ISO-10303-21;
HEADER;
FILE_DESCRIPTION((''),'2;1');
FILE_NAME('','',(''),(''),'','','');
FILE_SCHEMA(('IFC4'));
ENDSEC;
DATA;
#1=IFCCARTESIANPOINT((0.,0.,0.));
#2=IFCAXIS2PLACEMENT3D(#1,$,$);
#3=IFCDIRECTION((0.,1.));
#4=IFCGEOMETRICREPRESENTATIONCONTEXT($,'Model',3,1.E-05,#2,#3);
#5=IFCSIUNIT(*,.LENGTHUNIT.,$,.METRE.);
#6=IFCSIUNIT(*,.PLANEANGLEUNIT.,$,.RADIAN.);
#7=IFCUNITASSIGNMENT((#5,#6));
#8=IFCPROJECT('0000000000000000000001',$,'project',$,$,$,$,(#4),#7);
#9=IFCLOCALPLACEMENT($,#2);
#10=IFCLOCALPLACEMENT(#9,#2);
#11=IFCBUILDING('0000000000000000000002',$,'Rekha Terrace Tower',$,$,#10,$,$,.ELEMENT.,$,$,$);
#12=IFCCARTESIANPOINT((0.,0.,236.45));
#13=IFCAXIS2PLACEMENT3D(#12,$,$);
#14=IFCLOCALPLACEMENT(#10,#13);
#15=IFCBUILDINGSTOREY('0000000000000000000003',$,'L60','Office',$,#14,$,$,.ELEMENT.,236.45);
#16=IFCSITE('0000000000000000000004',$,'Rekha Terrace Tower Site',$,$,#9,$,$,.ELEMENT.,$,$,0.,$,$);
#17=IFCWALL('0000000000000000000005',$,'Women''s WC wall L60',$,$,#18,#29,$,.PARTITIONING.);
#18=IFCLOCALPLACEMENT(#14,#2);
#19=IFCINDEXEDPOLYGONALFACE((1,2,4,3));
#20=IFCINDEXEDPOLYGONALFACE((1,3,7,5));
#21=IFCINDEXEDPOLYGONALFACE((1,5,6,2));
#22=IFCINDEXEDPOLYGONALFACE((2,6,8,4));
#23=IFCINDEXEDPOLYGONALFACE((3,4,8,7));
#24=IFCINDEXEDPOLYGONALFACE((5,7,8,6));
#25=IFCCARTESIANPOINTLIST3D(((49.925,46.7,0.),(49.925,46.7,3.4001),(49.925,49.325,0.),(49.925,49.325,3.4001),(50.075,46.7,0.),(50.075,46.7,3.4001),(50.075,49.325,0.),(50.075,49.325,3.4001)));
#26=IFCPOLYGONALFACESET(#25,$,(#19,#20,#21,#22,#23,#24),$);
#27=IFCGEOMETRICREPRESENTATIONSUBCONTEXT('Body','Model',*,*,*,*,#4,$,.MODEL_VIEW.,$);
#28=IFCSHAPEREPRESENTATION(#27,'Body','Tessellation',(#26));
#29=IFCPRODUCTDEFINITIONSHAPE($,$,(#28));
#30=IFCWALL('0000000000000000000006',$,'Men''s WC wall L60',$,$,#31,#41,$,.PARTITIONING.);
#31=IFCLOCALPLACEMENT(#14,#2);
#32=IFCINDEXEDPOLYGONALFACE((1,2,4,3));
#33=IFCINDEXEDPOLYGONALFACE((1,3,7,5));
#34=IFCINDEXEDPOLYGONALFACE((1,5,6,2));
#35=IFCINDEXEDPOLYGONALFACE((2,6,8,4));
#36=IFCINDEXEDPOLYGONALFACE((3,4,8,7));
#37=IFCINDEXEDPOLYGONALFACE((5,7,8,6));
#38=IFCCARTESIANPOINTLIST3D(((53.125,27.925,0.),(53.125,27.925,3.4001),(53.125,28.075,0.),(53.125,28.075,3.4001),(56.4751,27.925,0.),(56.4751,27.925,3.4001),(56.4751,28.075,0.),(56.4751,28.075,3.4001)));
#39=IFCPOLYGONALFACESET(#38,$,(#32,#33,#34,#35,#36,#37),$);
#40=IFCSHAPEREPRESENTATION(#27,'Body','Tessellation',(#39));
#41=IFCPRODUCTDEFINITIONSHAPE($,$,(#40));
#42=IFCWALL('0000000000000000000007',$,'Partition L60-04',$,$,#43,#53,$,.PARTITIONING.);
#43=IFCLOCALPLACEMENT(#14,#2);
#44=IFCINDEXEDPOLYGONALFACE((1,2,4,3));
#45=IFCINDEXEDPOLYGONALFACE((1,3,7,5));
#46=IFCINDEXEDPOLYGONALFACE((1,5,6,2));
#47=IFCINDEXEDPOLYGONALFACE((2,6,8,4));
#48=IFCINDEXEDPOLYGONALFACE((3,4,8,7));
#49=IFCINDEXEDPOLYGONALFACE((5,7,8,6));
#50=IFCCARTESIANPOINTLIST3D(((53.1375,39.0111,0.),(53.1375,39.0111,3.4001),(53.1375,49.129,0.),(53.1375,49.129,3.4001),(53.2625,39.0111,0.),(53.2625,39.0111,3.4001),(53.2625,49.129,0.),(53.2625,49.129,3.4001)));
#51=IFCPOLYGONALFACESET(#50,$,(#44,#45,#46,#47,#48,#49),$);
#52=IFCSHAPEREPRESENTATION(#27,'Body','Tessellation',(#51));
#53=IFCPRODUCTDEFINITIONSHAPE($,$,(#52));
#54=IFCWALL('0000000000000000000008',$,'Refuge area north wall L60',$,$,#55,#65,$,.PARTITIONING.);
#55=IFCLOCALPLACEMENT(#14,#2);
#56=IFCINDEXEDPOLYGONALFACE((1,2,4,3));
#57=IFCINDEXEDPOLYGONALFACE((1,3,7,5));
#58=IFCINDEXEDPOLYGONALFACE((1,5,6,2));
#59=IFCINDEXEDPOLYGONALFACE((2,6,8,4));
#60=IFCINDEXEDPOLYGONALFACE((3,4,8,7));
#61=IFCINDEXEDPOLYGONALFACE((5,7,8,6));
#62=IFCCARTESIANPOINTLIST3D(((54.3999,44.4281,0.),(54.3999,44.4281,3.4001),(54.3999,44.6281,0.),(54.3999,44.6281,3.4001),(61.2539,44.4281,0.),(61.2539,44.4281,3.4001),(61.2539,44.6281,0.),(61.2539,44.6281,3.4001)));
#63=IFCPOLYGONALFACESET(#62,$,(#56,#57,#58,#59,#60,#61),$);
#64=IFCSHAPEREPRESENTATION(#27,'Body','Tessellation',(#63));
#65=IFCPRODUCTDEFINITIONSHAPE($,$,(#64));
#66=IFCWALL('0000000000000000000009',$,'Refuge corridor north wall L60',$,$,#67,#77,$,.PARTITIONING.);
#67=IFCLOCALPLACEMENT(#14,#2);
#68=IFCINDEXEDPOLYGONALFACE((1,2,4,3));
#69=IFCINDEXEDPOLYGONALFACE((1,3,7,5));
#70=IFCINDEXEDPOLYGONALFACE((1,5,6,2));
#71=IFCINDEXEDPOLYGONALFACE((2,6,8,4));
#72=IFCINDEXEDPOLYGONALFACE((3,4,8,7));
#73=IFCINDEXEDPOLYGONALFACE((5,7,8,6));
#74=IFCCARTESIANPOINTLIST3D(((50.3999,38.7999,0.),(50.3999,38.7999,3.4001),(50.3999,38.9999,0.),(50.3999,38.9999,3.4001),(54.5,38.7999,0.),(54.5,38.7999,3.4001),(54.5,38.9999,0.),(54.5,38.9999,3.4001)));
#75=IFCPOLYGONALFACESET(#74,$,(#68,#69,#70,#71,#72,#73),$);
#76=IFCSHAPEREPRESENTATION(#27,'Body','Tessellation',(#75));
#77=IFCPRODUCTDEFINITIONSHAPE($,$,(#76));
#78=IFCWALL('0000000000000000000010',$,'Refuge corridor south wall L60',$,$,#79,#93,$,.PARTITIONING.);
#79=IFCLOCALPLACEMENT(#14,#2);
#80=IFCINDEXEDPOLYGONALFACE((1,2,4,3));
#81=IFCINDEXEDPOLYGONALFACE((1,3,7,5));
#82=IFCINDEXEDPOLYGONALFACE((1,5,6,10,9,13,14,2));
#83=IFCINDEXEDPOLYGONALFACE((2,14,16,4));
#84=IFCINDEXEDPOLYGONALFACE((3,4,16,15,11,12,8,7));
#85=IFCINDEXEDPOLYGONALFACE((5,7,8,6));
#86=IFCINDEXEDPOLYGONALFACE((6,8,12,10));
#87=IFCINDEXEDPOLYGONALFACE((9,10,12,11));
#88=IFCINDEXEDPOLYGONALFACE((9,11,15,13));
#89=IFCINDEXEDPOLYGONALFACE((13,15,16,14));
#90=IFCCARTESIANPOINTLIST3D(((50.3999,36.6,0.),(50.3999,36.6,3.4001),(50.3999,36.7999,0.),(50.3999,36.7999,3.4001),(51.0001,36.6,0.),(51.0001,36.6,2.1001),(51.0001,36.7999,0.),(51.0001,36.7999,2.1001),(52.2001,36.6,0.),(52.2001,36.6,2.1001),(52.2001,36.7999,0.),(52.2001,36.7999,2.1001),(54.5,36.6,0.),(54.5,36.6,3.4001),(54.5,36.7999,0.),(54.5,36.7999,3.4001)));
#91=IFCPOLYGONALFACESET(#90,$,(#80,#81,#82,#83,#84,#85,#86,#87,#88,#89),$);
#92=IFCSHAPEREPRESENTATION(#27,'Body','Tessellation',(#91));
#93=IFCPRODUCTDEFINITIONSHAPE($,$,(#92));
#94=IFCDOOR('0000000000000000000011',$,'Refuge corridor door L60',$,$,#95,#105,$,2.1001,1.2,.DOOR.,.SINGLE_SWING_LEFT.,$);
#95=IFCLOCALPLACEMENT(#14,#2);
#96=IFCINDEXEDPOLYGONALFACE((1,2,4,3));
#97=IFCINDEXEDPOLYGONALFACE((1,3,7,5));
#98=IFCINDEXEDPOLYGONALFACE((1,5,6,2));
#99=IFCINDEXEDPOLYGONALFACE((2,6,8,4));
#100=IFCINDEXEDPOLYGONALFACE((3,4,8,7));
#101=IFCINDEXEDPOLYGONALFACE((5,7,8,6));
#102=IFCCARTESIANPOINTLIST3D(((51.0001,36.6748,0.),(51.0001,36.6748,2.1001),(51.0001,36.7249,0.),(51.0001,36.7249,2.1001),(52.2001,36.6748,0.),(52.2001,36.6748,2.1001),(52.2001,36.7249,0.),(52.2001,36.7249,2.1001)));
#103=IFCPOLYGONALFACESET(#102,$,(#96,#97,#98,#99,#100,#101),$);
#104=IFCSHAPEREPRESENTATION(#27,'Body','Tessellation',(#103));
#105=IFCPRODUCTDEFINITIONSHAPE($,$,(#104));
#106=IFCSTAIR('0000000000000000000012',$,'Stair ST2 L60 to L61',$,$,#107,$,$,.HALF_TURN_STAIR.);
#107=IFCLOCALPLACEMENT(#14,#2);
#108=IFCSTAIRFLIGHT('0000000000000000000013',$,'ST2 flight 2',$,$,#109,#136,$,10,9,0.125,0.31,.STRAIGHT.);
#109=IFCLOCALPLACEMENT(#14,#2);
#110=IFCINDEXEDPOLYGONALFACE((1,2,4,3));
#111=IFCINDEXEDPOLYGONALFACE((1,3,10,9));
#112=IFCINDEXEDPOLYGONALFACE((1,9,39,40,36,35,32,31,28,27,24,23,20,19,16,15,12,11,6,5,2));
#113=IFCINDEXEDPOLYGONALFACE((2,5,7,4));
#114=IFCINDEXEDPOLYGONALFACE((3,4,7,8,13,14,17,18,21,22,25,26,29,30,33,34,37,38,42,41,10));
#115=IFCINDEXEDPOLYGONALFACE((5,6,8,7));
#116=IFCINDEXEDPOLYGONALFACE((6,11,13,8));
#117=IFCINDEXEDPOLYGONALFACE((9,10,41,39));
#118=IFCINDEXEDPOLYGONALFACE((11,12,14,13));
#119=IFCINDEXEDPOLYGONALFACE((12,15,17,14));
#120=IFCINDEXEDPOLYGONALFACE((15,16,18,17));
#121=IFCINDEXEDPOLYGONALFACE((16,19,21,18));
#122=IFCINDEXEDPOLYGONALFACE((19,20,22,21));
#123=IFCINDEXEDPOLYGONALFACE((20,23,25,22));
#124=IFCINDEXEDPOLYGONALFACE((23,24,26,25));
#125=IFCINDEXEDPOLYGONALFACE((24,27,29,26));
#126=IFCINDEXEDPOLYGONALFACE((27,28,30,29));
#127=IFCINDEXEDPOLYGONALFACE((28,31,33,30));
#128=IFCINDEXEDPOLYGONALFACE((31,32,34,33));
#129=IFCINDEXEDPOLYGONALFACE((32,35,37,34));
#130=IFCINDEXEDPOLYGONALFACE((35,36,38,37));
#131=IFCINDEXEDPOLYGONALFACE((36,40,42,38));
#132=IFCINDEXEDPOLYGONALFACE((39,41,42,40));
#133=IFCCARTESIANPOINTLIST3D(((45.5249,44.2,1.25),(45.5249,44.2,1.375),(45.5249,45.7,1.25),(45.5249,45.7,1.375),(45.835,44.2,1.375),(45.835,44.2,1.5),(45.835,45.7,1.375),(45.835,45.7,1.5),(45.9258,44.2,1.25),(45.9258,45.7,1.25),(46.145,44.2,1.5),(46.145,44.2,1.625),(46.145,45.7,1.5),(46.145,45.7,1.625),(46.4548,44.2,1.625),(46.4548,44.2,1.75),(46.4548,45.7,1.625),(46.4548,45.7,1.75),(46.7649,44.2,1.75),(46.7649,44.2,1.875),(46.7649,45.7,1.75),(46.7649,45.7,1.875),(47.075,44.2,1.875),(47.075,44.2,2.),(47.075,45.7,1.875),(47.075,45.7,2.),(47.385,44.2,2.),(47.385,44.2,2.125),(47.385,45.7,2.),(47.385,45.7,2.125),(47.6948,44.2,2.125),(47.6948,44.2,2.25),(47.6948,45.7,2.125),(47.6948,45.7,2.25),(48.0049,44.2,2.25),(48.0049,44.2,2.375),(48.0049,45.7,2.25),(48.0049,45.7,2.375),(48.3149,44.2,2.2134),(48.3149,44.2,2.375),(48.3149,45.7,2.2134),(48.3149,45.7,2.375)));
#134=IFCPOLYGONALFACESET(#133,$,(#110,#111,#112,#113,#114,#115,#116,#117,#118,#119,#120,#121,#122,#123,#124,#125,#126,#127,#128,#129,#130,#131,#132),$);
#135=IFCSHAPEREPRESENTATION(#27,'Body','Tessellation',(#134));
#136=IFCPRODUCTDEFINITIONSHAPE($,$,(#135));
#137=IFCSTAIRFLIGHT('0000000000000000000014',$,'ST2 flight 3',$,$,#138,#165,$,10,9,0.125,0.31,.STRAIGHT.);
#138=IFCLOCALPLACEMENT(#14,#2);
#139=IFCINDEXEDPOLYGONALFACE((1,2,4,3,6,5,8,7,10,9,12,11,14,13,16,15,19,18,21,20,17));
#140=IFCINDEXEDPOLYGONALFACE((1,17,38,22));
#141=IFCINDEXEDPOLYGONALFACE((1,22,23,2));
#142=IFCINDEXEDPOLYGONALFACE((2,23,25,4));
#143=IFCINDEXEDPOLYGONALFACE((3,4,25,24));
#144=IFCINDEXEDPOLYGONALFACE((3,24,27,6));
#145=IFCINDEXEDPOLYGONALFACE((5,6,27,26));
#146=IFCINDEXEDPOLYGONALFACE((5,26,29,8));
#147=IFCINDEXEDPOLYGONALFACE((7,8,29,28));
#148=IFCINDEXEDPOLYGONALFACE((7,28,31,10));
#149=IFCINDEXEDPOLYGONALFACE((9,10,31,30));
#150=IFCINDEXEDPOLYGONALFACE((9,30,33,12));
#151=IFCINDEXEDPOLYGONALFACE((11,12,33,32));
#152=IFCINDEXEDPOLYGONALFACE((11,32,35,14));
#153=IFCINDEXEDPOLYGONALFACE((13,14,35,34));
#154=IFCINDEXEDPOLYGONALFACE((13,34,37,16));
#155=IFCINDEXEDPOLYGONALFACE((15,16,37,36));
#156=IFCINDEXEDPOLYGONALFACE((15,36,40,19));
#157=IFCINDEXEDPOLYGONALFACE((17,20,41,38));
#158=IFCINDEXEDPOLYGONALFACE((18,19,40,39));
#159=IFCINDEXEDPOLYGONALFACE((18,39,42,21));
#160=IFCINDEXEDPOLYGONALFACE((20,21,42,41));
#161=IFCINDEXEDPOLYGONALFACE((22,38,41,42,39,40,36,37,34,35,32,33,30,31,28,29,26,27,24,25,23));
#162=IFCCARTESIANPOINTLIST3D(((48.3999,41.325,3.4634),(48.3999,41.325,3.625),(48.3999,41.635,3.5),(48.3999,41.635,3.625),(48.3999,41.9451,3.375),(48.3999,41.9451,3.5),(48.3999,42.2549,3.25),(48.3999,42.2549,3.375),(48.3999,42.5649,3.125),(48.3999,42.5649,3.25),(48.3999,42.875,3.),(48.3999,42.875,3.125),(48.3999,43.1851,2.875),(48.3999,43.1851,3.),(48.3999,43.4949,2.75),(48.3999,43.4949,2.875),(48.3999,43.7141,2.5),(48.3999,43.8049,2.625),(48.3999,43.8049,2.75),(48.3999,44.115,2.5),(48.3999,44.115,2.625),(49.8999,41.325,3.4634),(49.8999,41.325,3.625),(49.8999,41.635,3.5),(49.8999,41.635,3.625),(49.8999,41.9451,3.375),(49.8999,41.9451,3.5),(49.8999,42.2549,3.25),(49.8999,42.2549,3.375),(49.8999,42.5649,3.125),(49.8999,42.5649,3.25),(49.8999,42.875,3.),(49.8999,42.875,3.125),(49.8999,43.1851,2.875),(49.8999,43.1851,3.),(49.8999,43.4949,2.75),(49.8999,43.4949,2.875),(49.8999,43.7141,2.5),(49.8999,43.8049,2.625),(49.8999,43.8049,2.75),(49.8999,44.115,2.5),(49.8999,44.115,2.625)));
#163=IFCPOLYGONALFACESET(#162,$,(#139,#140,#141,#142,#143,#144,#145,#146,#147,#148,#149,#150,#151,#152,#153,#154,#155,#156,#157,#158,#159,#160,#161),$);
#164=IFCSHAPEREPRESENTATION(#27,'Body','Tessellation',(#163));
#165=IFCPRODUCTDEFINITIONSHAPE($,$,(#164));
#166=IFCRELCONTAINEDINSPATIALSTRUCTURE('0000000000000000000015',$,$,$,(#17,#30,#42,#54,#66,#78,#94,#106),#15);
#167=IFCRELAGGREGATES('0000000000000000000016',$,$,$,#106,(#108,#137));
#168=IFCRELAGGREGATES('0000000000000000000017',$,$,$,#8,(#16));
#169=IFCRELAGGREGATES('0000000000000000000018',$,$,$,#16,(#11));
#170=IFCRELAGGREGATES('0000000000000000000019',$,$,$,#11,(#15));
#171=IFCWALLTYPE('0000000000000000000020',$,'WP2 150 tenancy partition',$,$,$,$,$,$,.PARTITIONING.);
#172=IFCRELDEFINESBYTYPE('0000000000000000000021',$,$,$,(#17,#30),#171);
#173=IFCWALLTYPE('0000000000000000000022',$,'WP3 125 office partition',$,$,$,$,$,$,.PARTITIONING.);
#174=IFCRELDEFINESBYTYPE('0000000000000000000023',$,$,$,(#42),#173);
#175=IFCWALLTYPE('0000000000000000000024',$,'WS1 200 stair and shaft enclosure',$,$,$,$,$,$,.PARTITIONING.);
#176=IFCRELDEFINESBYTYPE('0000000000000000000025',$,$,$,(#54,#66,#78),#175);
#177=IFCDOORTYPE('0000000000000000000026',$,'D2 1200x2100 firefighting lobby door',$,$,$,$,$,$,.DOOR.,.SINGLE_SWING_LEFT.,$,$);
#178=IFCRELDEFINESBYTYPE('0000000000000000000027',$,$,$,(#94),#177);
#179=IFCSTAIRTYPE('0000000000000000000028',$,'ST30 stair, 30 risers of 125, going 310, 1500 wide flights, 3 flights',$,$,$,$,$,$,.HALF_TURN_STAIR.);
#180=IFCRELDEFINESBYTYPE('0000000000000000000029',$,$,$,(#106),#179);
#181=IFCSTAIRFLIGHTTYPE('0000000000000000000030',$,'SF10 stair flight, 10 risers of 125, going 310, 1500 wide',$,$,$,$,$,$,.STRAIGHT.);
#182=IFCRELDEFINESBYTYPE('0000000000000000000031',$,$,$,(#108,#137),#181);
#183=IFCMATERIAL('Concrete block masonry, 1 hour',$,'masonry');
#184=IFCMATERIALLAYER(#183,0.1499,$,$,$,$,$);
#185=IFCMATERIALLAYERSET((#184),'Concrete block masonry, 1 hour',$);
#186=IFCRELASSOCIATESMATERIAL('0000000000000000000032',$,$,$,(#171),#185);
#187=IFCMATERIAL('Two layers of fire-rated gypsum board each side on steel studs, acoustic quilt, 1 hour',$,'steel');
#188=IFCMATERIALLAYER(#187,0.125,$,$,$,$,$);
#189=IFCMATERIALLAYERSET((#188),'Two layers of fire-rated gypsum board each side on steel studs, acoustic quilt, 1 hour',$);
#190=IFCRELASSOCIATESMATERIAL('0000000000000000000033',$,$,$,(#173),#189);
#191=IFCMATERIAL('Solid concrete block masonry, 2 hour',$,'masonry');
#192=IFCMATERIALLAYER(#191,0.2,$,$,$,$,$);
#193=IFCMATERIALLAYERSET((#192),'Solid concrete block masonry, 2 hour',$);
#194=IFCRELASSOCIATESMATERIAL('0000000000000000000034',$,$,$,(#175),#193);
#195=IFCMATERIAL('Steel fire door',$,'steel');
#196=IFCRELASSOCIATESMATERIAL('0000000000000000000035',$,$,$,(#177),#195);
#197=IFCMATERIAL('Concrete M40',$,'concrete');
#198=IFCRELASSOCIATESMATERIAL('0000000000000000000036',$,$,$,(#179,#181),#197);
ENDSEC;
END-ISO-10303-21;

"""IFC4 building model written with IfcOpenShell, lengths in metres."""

from ifc_helpers import new_model, si_unit, direction, frame, frame_2d, origin, place, context, subcontext, project, spatial, polyline, rectangle, outline, extrude, material, layer, layer_set, type_object, element, fill, aggregate, save


model = new_model("IFC4")

# Units and contexts
model_context = context("Model", 3, precision=1e-05, world=origin(), true_north=direction((0.0, 1.0)))
body_context = subcontext(model_context, "Body", "Model", "MODEL_VIEW")
ifc_project = project(units=[si_unit("LENGTHUNIT", "METRE"), si_unit("PLANEANGLEUNIT", "RADIAN")], contexts=[model_context])

# Site, building, storey
site_placement = place(None, origin())
site = spatial("IfcSite", under=ifc_project, at=site_placement, Name="Rekha Terrace Tower Site", CompositionType="ELEMENT", RefElevation=0.0)
building_placement = place(site_placement, origin())
building = spatial("IfcBuilding", under=site, at=building_placement, Name="Rekha Terrace Tower", CompositionType="ELEMENT")
storey_placement = place(building_placement, frame((0.0, 0.0, 236.45)))
storey = spatial("IfcBuildingStorey", under=building, at=storey_placement, Name="L60", Description="Office", CompositionType="ELEMENT", Elevation=236.45)

# Walls
ifc_material_1 = material(Name="Concrete block masonry, 1 hour", Category="masonry")
ifc_layer_1 = layer(ifc_material_1, 0.1499)
ifc_layer_set_1 = layer_set([ifc_layer_1], Name="Concrete block masonry, 1 hour")
wall_type_1 = type_object("IfcWallType", Name="WP2 150 tenancy partition", PredefinedType="PARTITIONING", material=ifc_layer_set_1)
wall_1_placement = place(storey_placement, frame((50.0, 46.7, 0.0), z_axis=(0.0, 0.0, 1.0), x_axis=(0.0, 1.0, 0.0)))
element("IfcWall", 1, at=wall_1_placement, inside=storey, type_object=wall_type_1, Name="Women's WC wall L60", PredefinedType="PARTITIONING", context=body_context, shape_type="SweptSolid", body=[
    extrude(rectangle(XDim=2.625, YDim=0.1499, at=frame_2d((1.3125, 0.0))), origin(), (0.0, 0.0, 1.0), 3.4001),
])
wall_2_placement = place(storey_placement, frame((53.125, 28.0, 0.0), z_axis=(0.0, 0.0, 1.0), x_axis=(1.0, 0.0, 0.0)))
element("IfcWall", 2, at=wall_2_placement, inside=storey, type_object=wall_type_1, Name="Men's WC wall L60", PredefinedType="PARTITIONING", context=body_context, shape_type="SweptSolid", body=[
    extrude(rectangle(XDim=3.3501, YDim=0.1499, at=frame_2d((1.675, 0.0))), origin(), (0.0, 0.0, 1.0), 3.4001),
])
ifc_material_2 = material(Name="Two layers of fire-rated gypsum board each side on steel studs, acoustic quilt, 1 hour", Category="steel")
ifc_layer_2 = layer(ifc_material_2, 0.125)
ifc_layer_set_2 = layer_set([ifc_layer_2], Name="Two layers of fire-rated gypsum board each side on steel studs, acoustic quilt, 1 hour")
wall_type_2 = type_object("IfcWallType", Name="WP3 125 office partition", PredefinedType="PARTITIONING", material=ifc_layer_set_2)
wall_3_placement = place(storey_placement, frame((53.2, 39.011, 0.0), z_axis=(0.0, 0.0, 1.0), x_axis=(0.0, 1.0, 0.0)))
element("IfcWall", 3, at=wall_3_placement, inside=storey, type_object=wall_type_2, Name="Partition L60-04", PredefinedType="PARTITIONING", context=body_context, shape_type="SweptSolid", body=[
    extrude(rectangle(XDim=10.1179, YDim=0.125, at=frame_2d((5.0591, 0.0))), origin(), (0.0, 0.0, 1.0), 3.4001),
])
ifc_material_3 = material(Name="Solid concrete block masonry, 2 hour", Category="masonry")
ifc_layer_3 = layer(ifc_material_3, 0.2)
ifc_layer_set_3 = layer_set([ifc_layer_3], Name="Solid concrete block masonry, 2 hour")
wall_type_3 = type_object("IfcWallType", Name="WS1 200 stair and shaft enclosure", PredefinedType="PARTITIONING", material=ifc_layer_set_3)
wall_4_placement = place(storey_placement, frame((54.3999, 44.5281, 0.0), z_axis=(0.0, 0.0, 1.0), x_axis=(1.0, 0.0, 0.0)))
element("IfcWall", 4, at=wall_4_placement, inside=storey, type_object=wall_type_3, Name="Refuge area north wall L60", PredefinedType="PARTITIONING", context=body_context, shape_type="SweptSolid", body=[
    extrude(rectangle(XDim=6.854, YDim=0.2, at=frame_2d((3.427, 0.0))), origin(), (0.0, 0.0, 1.0), 3.4001),
])
wall_5_placement = place(storey_placement, frame((50.3999, 38.8999, 0.0), z_axis=(0.0, 0.0, 1.0), x_axis=(1.0, 0.0, 0.0)))
element("IfcWall", 5, at=wall_5_placement, inside=storey, type_object=wall_type_3, Name="Refuge corridor north wall L60", PredefinedType="PARTITIONING", context=body_context, shape_type="SweptSolid", body=[
    extrude(rectangle(XDim=4.1001, YDim=0.2, at=frame_2d((2.05, 0.0))), origin(), (0.0, 0.0, 1.0), 3.4001),
])

# Wall, opening, door
wall_6_placement = place(storey_placement, frame((50.3999, 36.7, 0.0), z_axis=(0.0, 0.0, 1.0), x_axis=(1.0, 0.0, 0.0)))
wall_6 = element("IfcWall", 6, at=wall_6_placement, inside=storey, type_object=wall_type_3, Name="Refuge corridor south wall L60", PredefinedType="PARTITIONING", context=body_context, shape_type="SweptSolid", body=[
    extrude(rectangle(XDim=4.1001, YDim=0.2, at=frame_2d((2.05, 0.0))), origin(), (0.0, 0.0, 1.0), 3.4001),
])
opening_placement = place(wall_6_placement, frame((0.6001, 0.0, 0.0)))
opening = element("IfcOpeningElement", 7, at=opening_placement, cuts=wall_6, PredefinedType="OPENING", context=body_context, shape_type="SweptSolid", body=[
    extrude(rectangle(XDim=1.2, YDim=2.1001, at=frame_2d((0.6001, 1.05))), frame((0.0, 0.1099, 0.0), z_axis=(0.0, -1.0, 0.0), x_axis=(1.0, 0.0, 0.0)), (0.0, 0.0, 1.0), 0.22),
])
ifc_material_4 = material(Name="Steel fire door", Category="steel")
door_type = type_object("IfcDoorType", Name="D2 1200x2100 firefighting lobby door", OperationType="SINGLE_SWING_LEFT", PredefinedType="DOOR", material=ifc_material_4)
door_placement = place(opening_placement, origin())
door = element("IfcDoor", 8, at=door_placement, inside=storey, type_object=door_type, Name="Refuge corridor door L60", OperationType="SINGLE_SWING_LEFT", OverallHeight=2.1001, OverallWidth=1.2, PredefinedType="DOOR", context=body_context, shape_type="SweptSolid", body=[
    extrude(rectangle(XDim=1.2, YDim=2.1001, at=frame_2d((0.6001, 1.05))), frame((0.0, 0.0249, 0.0), z_axis=(0.0, -1.0, 0.0), x_axis=(1.0, 0.0, 0.0)), (0.0, 0.0, 1.0), 0.05),
])
fill(opening, door)

# Stair, stair flights
ifc_material_5 = material(Name="Concrete M40", Category="concrete")
stair_type = type_object("IfcStairType", Name="ST30 stair, 30 risers of 125, going 310, 1500 wide flights, 3 flights", PredefinedType="HALF_TURN_STAIR", material=ifc_material_5)
stair_placement = place(storey_placement, origin())
stair = element("IfcStair", 9, at=stair_placement, inside=storey, type_object=stair_type, Name="Stair ST2 L60 to L61", PredefinedType="HALF_TURN_STAIR")
stair_flight_type = type_object("IfcStairFlightType", Name="SF10 stair flight, 10 risers of 125, going 310, 1500 wide", PredefinedType="STRAIGHT", material=ifc_material_5)
stair_flight_1_placement = place(storey_placement, frame((45.5249, 44.95, 1.25), z_axis=(0.0, 0.0, 1.0), x_axis=(1.0, 0.0, 0.0)))
stair_flight_1 = element("IfcStairFlight", 10, at=stair_flight_1_placement, type_object=stair_flight_type, Name="ST2 flight 2", NumberOfRisers=10, NumberOfTreads=9, PredefinedType="STRAIGHT", RiserHeight=0.125, TreadLength=0.31, context=body_context, shape_type="SweptSolid", body=[
    extrude(outline(polyline([(0.0, 0.0), (0.0, 0.125), (0.3101, 0.125), (0.3101, 0.25), (0.6201, 0.25), (0.6201, 0.375), (0.9299, 0.375), (0.9299, 0.5), (1.24, 0.5), (1.24, 0.625), (1.55, 0.625), (1.55, 0.75), (1.8601, 0.75), (1.8601, 0.875), (2.1699, 0.875), (2.1699, 1.0), (2.48, 1.0), (2.48, 1.125), (2.79, 1.125), (2.79, 1.25), (2.79, 0.9634), (0.4009, 0.0), (0.0, 0.0)])), frame((0.0, 0.75, 0.0), z_axis=(0.0, -1.0, 0.0), x_axis=(1.0, 0.0, 0.0)), (0.0, 0.0, 1.0), 1.5),
])
stair_flight_2_placement = place(storey_placement, frame((49.1499, 44.115, 2.5), z_axis=(0.0, 0.0, 1.0), x_axis=(0.0, -1.0, 0.0)))
stair_flight_2 = element("IfcStairFlight", 11, at=stair_flight_2_placement, type_object=stair_flight_type, Name="ST2 flight 3", NumberOfRisers=10, NumberOfTreads=9, PredefinedType="STRAIGHT", RiserHeight=0.125, TreadLength=0.31, context=body_context, shape_type="SweptSolid", body=[
    extrude(outline(polyline([(0.0, 0.0), (0.0, 0.125), (0.3101, 0.125), (0.3101, 0.25), (0.6201, 0.25), (0.6201, 0.375), (0.9299, 0.375), (0.9299, 0.5), (1.24, 0.5), (1.24, 0.625), (1.55, 0.625), (1.55, 0.75), (1.8601, 0.75), (1.8601, 0.875), (2.1699, 0.875), (2.1699, 1.0), (2.48, 1.0), (2.48, 1.125), (2.79, 1.125), (2.79, 1.25), (2.79, 0.9634), (0.4009, 0.0), (0.0, 0.0)])), frame((0.0, 0.75, 0.0), z_axis=(0.0, -1.0, 0.0), x_axis=(1.0, 0.0, 0.0)), (0.0, 0.0, 1.0), 1.5),
])
aggregate(stair, [stair_flight_1, stair_flight_2])

save(model, "model.ifc")
